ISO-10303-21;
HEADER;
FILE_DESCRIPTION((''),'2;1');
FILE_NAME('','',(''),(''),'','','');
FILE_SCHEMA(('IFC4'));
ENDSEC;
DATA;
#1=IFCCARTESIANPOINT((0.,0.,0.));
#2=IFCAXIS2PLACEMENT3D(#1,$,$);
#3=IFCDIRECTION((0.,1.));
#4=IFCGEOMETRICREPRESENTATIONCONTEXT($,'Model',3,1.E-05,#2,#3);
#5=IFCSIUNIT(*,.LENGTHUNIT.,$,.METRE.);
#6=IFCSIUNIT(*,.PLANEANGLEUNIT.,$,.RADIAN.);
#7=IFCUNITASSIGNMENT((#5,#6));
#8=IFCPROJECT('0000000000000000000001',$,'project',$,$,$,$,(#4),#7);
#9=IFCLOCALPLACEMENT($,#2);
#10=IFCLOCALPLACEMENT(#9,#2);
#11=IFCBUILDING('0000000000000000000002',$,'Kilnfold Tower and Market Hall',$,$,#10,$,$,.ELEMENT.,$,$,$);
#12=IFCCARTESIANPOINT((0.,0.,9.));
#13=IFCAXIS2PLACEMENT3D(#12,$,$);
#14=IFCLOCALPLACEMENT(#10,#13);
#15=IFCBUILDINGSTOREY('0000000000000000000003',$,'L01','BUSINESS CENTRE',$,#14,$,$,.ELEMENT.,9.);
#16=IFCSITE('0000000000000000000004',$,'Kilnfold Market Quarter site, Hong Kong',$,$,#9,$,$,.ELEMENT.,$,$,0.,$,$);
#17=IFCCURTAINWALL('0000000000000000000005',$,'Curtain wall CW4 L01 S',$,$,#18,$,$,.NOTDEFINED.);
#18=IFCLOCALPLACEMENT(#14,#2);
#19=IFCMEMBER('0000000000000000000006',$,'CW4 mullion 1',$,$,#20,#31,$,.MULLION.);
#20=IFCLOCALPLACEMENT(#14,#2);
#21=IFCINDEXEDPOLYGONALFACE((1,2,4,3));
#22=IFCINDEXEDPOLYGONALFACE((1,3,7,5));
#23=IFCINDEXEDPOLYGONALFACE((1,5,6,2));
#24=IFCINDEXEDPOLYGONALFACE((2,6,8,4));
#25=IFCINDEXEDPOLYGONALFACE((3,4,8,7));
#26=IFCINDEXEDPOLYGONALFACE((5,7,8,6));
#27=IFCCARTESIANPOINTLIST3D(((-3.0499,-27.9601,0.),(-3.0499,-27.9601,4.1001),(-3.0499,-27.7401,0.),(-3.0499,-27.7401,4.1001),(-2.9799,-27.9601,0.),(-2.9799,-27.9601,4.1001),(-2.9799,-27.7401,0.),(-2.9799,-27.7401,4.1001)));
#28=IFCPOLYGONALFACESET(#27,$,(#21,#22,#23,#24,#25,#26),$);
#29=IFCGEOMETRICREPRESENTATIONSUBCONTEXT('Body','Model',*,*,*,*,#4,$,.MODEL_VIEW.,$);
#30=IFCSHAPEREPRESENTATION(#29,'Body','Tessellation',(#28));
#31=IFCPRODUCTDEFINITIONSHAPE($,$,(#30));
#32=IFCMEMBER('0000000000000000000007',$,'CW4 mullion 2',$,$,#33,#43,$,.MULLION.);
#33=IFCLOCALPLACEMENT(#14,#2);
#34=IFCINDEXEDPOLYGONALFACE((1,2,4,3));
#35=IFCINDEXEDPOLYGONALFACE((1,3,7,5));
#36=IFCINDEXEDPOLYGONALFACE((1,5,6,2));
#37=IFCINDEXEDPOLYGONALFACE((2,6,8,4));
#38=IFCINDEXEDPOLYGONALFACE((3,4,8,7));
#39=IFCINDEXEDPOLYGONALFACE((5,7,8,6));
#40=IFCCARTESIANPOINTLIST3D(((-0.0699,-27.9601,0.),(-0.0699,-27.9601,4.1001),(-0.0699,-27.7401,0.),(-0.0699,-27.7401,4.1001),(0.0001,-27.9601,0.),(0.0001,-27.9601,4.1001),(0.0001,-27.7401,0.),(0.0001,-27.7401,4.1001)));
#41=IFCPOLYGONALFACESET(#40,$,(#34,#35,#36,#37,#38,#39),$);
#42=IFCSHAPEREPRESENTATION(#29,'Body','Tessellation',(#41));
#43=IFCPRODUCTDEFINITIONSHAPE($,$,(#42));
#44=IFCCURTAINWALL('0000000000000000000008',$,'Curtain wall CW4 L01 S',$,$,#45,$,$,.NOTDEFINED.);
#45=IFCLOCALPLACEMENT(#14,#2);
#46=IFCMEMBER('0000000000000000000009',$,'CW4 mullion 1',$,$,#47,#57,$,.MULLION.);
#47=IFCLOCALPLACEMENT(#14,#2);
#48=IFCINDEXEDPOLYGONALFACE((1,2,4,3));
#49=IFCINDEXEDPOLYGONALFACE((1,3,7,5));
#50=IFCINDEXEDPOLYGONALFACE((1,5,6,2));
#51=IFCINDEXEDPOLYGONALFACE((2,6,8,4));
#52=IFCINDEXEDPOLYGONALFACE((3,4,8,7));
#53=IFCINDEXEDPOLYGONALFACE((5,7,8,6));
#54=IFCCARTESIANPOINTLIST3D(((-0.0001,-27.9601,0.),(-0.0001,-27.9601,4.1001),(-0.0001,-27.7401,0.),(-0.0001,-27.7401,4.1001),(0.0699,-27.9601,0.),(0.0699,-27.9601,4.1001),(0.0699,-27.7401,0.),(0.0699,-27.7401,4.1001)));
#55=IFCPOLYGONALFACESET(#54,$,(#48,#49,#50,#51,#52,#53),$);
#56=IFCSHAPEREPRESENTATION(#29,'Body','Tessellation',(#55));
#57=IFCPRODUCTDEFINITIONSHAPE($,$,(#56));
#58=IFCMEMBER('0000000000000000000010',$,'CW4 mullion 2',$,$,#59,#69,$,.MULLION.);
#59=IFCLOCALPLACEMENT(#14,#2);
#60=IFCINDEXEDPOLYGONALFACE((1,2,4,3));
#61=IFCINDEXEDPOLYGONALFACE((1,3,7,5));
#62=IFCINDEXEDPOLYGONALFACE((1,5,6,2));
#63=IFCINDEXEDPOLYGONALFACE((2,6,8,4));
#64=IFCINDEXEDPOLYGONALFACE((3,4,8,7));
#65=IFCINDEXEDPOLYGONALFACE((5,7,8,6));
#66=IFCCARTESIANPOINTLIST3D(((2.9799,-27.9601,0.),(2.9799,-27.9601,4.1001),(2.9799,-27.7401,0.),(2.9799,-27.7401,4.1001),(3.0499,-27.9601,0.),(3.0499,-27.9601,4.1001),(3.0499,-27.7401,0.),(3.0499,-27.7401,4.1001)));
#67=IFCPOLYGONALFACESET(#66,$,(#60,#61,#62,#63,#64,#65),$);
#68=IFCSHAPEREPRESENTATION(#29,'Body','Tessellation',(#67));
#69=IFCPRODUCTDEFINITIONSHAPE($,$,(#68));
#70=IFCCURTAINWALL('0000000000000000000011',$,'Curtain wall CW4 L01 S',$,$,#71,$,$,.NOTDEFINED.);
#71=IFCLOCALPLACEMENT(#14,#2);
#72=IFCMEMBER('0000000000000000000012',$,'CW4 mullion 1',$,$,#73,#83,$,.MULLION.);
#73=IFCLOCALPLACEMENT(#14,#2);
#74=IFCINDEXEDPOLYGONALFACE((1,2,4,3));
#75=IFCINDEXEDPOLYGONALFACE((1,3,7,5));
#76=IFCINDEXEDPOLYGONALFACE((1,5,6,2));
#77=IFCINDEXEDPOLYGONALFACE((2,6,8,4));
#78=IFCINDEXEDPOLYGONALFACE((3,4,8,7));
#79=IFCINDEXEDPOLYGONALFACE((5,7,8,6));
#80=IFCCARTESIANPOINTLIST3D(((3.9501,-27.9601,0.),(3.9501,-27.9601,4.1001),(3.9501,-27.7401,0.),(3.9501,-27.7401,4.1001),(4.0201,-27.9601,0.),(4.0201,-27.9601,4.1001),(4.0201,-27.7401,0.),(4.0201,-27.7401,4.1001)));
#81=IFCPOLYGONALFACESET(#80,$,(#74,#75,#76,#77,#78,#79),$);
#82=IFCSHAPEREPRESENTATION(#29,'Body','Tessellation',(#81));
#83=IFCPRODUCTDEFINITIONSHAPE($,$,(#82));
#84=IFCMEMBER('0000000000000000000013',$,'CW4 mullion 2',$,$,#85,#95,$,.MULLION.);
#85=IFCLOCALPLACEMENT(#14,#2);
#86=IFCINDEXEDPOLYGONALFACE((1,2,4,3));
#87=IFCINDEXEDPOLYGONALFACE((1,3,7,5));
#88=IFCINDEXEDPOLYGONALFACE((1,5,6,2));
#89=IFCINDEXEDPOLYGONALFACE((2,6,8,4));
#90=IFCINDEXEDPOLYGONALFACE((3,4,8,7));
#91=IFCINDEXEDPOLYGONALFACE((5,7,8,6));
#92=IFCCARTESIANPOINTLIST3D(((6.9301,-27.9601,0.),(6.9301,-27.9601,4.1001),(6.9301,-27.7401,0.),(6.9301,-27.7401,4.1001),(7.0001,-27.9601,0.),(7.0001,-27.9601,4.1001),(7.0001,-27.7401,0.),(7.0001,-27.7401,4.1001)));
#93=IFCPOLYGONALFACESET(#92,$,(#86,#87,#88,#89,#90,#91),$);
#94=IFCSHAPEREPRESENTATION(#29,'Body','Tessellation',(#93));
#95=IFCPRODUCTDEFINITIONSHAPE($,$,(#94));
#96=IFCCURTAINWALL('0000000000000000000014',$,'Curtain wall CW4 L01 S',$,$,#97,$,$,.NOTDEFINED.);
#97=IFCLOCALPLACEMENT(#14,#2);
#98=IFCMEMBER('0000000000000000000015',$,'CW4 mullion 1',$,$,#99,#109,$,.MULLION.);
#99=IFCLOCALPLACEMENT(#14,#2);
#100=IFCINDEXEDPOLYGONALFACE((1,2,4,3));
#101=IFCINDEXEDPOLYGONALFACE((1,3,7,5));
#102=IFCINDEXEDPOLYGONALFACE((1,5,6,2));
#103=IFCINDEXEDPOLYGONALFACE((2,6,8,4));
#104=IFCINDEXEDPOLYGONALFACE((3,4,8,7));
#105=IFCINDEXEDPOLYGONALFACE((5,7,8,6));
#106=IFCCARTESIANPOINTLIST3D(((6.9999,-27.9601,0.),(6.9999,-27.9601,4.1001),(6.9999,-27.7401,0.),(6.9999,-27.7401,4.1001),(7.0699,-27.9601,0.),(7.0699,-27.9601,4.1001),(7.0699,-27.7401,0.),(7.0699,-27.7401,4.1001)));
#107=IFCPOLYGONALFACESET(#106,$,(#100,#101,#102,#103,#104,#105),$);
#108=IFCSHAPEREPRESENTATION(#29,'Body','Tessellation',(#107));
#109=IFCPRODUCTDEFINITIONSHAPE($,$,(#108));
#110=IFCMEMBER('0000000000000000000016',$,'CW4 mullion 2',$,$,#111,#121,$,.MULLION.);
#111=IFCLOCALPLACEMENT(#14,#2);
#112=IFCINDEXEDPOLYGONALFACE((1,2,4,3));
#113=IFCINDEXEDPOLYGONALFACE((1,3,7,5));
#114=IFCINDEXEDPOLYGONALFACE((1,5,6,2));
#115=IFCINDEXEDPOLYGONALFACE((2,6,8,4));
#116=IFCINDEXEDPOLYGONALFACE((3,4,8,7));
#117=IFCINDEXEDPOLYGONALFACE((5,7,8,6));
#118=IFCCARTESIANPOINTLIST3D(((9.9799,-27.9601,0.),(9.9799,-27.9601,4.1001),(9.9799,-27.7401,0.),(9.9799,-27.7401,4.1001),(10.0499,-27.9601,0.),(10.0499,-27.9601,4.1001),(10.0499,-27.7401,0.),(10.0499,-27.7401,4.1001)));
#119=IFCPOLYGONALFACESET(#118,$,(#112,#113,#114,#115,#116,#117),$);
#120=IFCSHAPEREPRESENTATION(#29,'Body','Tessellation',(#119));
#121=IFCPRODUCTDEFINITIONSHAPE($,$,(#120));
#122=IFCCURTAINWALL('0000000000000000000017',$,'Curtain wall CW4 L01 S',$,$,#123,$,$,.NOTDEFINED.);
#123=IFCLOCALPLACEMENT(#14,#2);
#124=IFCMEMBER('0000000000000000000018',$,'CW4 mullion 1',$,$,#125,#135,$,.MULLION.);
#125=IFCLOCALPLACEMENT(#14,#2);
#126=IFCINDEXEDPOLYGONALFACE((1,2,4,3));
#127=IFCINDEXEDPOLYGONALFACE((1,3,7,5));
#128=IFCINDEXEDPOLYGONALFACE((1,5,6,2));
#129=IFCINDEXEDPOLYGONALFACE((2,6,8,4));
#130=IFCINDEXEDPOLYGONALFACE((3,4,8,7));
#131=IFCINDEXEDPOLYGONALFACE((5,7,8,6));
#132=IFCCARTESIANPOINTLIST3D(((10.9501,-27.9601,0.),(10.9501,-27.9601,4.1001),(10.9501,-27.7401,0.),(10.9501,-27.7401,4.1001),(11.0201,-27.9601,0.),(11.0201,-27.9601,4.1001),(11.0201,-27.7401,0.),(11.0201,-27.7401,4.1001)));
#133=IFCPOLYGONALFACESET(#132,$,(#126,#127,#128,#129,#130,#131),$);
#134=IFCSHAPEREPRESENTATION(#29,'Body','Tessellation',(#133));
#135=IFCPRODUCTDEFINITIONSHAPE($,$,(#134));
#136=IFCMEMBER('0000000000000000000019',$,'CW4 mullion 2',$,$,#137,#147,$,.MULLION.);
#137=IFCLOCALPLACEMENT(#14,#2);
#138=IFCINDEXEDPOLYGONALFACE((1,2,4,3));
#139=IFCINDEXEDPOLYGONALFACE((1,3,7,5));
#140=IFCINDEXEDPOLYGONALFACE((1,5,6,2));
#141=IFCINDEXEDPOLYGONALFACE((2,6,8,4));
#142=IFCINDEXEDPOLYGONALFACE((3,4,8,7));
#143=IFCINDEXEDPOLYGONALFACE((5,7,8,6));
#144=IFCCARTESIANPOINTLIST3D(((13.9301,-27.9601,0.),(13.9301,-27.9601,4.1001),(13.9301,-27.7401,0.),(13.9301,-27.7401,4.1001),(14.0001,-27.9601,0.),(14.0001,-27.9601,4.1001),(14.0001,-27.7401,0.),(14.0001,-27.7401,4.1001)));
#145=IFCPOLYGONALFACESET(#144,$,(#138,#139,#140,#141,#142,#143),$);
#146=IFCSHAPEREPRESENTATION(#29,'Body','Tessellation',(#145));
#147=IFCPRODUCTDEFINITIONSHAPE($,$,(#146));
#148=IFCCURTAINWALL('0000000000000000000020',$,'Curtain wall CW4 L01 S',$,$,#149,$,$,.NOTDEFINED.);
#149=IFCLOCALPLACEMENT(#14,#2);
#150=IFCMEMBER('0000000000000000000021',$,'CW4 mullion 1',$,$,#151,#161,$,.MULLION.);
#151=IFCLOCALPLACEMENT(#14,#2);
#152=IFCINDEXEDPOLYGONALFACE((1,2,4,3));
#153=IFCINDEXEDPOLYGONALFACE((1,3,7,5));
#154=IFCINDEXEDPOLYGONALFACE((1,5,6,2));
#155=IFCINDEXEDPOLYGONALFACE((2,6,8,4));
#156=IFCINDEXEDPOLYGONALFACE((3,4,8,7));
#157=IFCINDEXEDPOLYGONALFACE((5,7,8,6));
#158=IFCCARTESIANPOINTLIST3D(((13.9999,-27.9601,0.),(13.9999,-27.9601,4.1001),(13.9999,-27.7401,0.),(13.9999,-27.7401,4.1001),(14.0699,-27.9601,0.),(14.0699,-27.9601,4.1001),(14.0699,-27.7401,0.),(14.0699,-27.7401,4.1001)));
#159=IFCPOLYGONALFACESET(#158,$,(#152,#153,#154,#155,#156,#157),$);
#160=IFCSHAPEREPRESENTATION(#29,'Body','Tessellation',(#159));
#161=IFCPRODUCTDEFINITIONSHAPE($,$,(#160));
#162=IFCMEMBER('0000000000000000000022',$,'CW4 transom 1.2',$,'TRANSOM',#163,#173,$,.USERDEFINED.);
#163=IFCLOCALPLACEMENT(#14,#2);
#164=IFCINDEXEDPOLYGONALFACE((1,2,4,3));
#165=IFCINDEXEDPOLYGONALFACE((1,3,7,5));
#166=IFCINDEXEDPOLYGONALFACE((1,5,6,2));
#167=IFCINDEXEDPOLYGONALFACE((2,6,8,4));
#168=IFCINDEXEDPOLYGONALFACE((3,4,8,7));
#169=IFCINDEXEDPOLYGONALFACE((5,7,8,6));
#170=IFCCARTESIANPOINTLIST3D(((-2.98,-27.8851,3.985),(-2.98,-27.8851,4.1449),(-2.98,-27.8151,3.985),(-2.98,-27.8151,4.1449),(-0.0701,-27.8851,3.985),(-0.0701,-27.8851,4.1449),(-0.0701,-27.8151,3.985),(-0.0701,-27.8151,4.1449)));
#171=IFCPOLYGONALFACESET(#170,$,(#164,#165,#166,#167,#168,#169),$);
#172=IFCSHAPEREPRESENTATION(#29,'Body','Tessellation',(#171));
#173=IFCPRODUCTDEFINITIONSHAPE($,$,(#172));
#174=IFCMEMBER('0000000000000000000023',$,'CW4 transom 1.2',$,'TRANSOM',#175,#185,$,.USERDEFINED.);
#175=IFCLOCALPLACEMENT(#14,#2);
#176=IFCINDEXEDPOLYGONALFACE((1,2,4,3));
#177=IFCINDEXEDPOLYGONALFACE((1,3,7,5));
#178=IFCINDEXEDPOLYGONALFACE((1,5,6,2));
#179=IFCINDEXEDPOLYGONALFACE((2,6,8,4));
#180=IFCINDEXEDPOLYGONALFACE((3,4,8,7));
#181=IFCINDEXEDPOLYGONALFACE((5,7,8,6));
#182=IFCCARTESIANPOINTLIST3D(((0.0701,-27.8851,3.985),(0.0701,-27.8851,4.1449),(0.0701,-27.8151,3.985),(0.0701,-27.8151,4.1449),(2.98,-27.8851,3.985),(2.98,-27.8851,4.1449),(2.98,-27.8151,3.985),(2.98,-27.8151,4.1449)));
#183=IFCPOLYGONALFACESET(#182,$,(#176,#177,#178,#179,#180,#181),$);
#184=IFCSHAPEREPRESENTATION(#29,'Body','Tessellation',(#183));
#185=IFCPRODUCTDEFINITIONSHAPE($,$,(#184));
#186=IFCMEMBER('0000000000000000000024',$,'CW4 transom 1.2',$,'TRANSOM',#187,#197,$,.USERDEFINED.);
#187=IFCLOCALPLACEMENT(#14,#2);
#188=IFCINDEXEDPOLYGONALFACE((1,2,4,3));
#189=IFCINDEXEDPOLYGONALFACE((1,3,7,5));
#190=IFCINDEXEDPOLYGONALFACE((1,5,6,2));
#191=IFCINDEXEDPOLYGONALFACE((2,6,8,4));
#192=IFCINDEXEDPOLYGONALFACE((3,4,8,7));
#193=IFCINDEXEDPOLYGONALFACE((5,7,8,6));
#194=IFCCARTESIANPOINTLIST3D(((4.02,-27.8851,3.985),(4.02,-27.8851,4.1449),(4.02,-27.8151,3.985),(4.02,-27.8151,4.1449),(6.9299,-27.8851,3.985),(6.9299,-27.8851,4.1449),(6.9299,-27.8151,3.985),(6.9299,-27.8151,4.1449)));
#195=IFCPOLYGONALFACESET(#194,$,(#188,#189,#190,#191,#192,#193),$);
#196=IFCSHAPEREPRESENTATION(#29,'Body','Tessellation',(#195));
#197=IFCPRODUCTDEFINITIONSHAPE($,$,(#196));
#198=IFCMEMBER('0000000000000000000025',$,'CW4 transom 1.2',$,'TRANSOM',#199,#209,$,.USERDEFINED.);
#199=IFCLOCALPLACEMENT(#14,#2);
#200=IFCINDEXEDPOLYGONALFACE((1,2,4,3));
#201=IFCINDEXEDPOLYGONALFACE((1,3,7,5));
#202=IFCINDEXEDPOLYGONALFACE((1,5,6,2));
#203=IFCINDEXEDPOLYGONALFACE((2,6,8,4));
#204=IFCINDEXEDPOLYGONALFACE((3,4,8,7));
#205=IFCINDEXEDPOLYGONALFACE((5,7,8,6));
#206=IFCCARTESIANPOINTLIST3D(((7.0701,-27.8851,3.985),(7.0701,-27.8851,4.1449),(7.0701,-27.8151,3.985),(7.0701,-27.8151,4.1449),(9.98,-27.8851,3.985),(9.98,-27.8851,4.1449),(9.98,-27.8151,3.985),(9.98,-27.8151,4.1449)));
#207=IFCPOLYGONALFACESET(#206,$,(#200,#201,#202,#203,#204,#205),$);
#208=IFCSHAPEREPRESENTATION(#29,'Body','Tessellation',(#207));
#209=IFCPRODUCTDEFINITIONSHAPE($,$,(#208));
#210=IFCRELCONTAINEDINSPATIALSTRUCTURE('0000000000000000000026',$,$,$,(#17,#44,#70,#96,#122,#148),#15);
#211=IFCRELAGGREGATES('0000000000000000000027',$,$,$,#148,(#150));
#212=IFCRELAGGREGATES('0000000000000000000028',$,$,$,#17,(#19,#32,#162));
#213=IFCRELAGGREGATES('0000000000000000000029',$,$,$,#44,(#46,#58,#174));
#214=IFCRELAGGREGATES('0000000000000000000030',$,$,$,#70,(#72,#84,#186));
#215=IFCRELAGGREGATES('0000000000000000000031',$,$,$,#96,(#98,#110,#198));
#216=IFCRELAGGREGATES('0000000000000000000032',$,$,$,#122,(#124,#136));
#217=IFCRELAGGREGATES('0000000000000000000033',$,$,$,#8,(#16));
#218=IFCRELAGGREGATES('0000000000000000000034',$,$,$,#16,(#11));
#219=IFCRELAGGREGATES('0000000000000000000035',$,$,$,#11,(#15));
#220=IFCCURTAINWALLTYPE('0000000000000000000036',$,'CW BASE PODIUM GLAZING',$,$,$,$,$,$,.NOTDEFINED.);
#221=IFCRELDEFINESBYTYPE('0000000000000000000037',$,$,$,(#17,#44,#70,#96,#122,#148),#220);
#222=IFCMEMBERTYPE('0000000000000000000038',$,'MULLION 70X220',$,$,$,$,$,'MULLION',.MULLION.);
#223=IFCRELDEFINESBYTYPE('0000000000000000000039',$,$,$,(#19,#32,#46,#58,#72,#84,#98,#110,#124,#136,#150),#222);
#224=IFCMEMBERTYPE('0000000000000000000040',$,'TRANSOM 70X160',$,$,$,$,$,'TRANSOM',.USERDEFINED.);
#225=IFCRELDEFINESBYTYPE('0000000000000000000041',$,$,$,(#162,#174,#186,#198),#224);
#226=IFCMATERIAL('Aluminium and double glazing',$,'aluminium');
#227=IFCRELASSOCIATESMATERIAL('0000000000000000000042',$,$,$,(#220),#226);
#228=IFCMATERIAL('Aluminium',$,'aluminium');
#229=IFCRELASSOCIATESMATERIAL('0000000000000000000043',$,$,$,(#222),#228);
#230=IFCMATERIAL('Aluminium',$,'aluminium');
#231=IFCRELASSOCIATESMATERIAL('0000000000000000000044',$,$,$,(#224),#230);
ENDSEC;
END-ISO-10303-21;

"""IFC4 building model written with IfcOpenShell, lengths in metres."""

from ifc_helpers import new_model, si_unit, direction, frame, origin, origin_2d, place, context, subcontext, project, spatial, rectangle, extrude, source, transform, mapped, material, material_profile, profile_set, type_object, element, aggregate, save


model = new_model("IFC4")

# Units and contexts
model_context = context("Model", 3, precision=1e-05, world=origin(), true_north=direction((0.0, 1.0)))
body_context = subcontext(model_context, "Body", "Model", "MODEL_VIEW")
ifc_project = project(units=[si_unit("LENGTHUNIT", "METRE"), si_unit("PLANEANGLEUNIT", "RADIAN")], contexts=[model_context])

# Site, building, storey
site_placement = place(None, origin())
site = spatial("IfcSite", under=ifc_project, at=site_placement, Name="Kilnfold Market Quarter site, Hong Kong", CompositionType="ELEMENT", RefElevation=0.0)
building_placement = place(site_placement, origin())
building = spatial("IfcBuilding", under=site, at=building_placement, Name="Kilnfold Tower and Market Hall", CompositionType="ELEMENT")
storey_placement = place(building_placement, frame((0.0, 0.0, 9.0)))
storey = spatial("IfcBuildingStorey", under=building, at=storey_placement, Name="L01", Description="BUSINESS CENTRE", CompositionType="ELEMENT", Elevation=9.0)

# Curtain walls, members
ifc_material_1 = material(Name="Aluminium and double glazing", Category="aluminium")
curtain_wall_type = type_object("IfcCurtainWallType", Name="CW BASE PODIUM GLAZING", PredefinedType="NOTDEFINED", material=ifc_material_1)
curtain_wall_1_placement = place(storey_placement, origin())
curtain_wall_1 = element("IfcCurtainWall", 1, at=curtain_wall_1_placement, inside=storey, type_object=curtain_wall_type, Name="Curtain wall CW4 L01 S", PredefinedType="NOTDEFINED")
ifc_material_2 = material(Name="Aluminium", Category="aluminium")
ifc_material_profile_1 = material_profile(ifc_material_2, rectangle(XDim=0.0701, YDim=0.22, at=origin_2d()), Name="MULLION 70x220")
ifc_profile_set_1 = profile_set([ifc_material_profile_1], Name="Aluminium")
member_type_1 = type_object("IfcMemberType", Name="MULLION 70X220", ElementType="MULLION", PredefinedType="MULLION", material=ifc_profile_set_1)
shared_shape_1 = source(origin(), body_context, "Body", "SweptSolid", [
    extrude(rectangle(XDim=0.0701, YDim=0.22, at=origin_2d()), origin(), (0.0, 0.0, 1.0), 4.1001),
])
member_1_placement = place(storey_placement, frame((-3.0149, -27.8501, 0.0), z_axis=(0.0, 0.0, 1.0), x_axis=(1.0, 0.0, 0.0)))
member_1 = element("IfcMember", 2, at=member_1_placement, type_object=member_type_1, Name="CW4 mullion 1", PredefinedType="MULLION", context=body_context, shape_type="MappedRepresentation", body=[
    mapped(shared_shape_1, transform((0.0, 0.0, 0.0))),
])
member_2_placement = place(storey_placement, frame((-0.0349, -27.8501, 0.0), z_axis=(0.0, 0.0, 1.0), x_axis=(1.0, 0.0, 0.0)))
member_2 = element("IfcMember", 3, at=member_2_placement, type_object=member_type_1, Name="CW4 mullion 2", PredefinedType="MULLION", context=body_context, shape_type="MappedRepresentation", body=[
    mapped(shared_shape_1, transform((0.0, 0.0, 0.0))),
])
curtain_wall_2_placement = place(storey_placement, origin())
curtain_wall_2 = element("IfcCurtainWall", 4, at=curtain_wall_2_placement, inside=storey, type_object=curtain_wall_type, Name="Curtain wall CW4 L01 S", PredefinedType="NOTDEFINED")
member_3_placement = place(storey_placement, frame((0.0349, -27.8501, 0.0), z_axis=(0.0, 0.0, 1.0), x_axis=(1.0, 0.0, 0.0)))
member_3 = element("IfcMember", 5, at=member_3_placement, type_object=member_type_1, Name="CW4 mullion 1", PredefinedType="MULLION", context=body_context, shape_type="MappedRepresentation", body=[
    mapped(shared_shape_1, transform((0.0, 0.0, 0.0))),
])
member_4_placement = place(storey_placement, frame((3.0149, -27.8501, 0.0), z_axis=(0.0, 0.0, 1.0), x_axis=(1.0, 0.0, 0.0)))
member_4 = element("IfcMember", 6, at=member_4_placement, type_object=member_type_1, Name="CW4 mullion 2", PredefinedType="MULLION", context=body_context, shape_type="MappedRepresentation", body=[
    mapped(shared_shape_1, transform((0.0, 0.0, 0.0))),
])
curtain_wall_3_placement = place(storey_placement, origin())
curtain_wall_3 = element("IfcCurtainWall", 7, at=curtain_wall_3_placement, inside=storey, type_object=curtain_wall_type, Name="Curtain wall CW4 L01 S", PredefinedType="NOTDEFINED")
member_5_placement = place(storey_placement, frame((3.9851, -27.8501, 0.0), z_axis=(0.0, 0.0, 1.0), x_axis=(1.0, 0.0, 0.0)))
member_5 = element("IfcMember", 8, at=member_5_placement, type_object=member_type_1, Name="CW4 mullion 1", PredefinedType="MULLION", context=body_context, shape_type="MappedRepresentation", body=[
    mapped(shared_shape_1, transform((0.0, 0.0, 0.0))),
])
member_6_placement = place(storey_placement, frame((6.9651, -27.8501, 0.0), z_axis=(0.0, 0.0, 1.0), x_axis=(1.0, 0.0, 0.0)))
member_6 = element("IfcMember", 9, at=member_6_placement, type_object=member_type_1, Name="CW4 mullion 2", PredefinedType="MULLION", context=body_context, shape_type="MappedRepresentation", body=[
    mapped(shared_shape_1, transform((0.0, 0.0, 0.0))),
])
curtain_wall_4_placement = place(storey_placement, origin())
curtain_wall_4 = element("IfcCurtainWall", 10, at=curtain_wall_4_placement, inside=storey, type_object=curtain_wall_type, Name="Curtain wall CW4 L01 S", PredefinedType="NOTDEFINED")
member_7_placement = place(storey_placement, frame((7.0349, -27.8501, 0.0), z_axis=(0.0, 0.0, 1.0), x_axis=(1.0, 0.0, 0.0)))
member_7 = element("IfcMember", 11, at=member_7_placement, type_object=member_type_1, Name="CW4 mullion 1", PredefinedType="MULLION", context=body_context, shape_type="MappedRepresentation", body=[
    mapped(shared_shape_1, transform((0.0, 0.0, 0.0))),
])
member_8_placement = place(storey_placement, frame((10.0149, -27.8501, 0.0), z_axis=(0.0, 0.0, 1.0), x_axis=(1.0, 0.0, 0.0)))
member_8 = element("IfcMember", 12, at=member_8_placement, type_object=member_type_1, Name="CW4 mullion 2", PredefinedType="MULLION", context=body_context, shape_type="MappedRepresentation", body=[
    mapped(shared_shape_1, transform((0.0, 0.0, 0.0))),
])
curtain_wall_5_placement = place(storey_placement, origin())
curtain_wall_5 = element("IfcCurtainWall", 13, at=curtain_wall_5_placement, inside=storey, type_object=curtain_wall_type, Name="Curtain wall CW4 L01 S", PredefinedType="NOTDEFINED")
member_9_placement = place(storey_placement, frame((10.9851, -27.8501, 0.0), z_axis=(0.0, 0.0, 1.0), x_axis=(1.0, 0.0, 0.0)))
member_9 = element("IfcMember", 14, at=member_9_placement, type_object=member_type_1, Name="CW4 mullion 1", PredefinedType="MULLION", context=body_context, shape_type="MappedRepresentation", body=[
    mapped(shared_shape_1, transform((0.0, 0.0, 0.0))),
])
member_10_placement = place(storey_placement, frame((13.9651, -27.8501, 0.0), z_axis=(0.0, 0.0, 1.0), x_axis=(1.0, 0.0, 0.0)))
member_10 = element("IfcMember", 15, at=member_10_placement, type_object=member_type_1, Name="CW4 mullion 2", PredefinedType="MULLION", context=body_context, shape_type="MappedRepresentation", body=[
    mapped(shared_shape_1, transform((0.0, 0.0, 0.0))),
])

# Curtain wall, member
curtain_wall_6_placement = place(storey_placement, origin())
curtain_wall_6 = element("IfcCurtainWall", 16, at=curtain_wall_6_placement, inside=storey, type_object=curtain_wall_type, Name="Curtain wall CW4 L01 S", PredefinedType="NOTDEFINED")
member_11_placement = place(storey_placement, frame((14.0349, -27.8501, 0.0), z_axis=(0.0, 0.0, 1.0), x_axis=(1.0, 0.0, 0.0)))
member_11 = element("IfcMember", 17, at=member_11_placement, type_object=member_type_1, Name="CW4 mullion 1", PredefinedType="MULLION", context=body_context, shape_type="MappedRepresentation", body=[
    mapped(shared_shape_1, transform((0.0, 0.0, 0.0))),
])
aggregate(curtain_wall_6, [member_11])

# Members
ifc_material_3 = material(Name="Aluminium", Category="aluminium")
ifc_material_profile_2 = material_profile(ifc_material_3, rectangle(XDim=0.0701, YDim=0.1599, at=origin_2d()), Name="TRANSOM 70x160")
ifc_profile_set_2 = profile_set([ifc_material_profile_2], Name="Aluminium")
member_type_2 = type_object("IfcMemberType", Name="TRANSOM 70X160", ElementType="TRANSOM", PredefinedType="USERDEFINED", material=ifc_profile_set_2)
shared_shape_2 = source(origin(), body_context, "Body", "SweptSolid", [
    extrude(rectangle(XDim=0.0701, YDim=0.1599, at=origin_2d()), origin(), (0.0, 0.0, 1.0), 2.9099),
])
member_12_placement = place(storey_placement, frame((-2.98, -27.8501, 4.0649), z_axis=(1.0, 0.0, 0.0), x_axis=(0.0, 1.0, 0.0)))
member_12 = element("IfcMember", 18, at=member_12_placement, type_object=member_type_2, Name="CW4 transom 1.2", ObjectType="TRANSOM", PredefinedType="USERDEFINED", context=body_context, shape_type="MappedRepresentation", body=[
    mapped(shared_shape_2, transform((0.0, 0.0, 0.0))),
])
member_13_placement = place(storey_placement, frame((0.0701, -27.8501, 4.0649), z_axis=(1.0, 0.0, 0.0), x_axis=(0.0, 1.0, 0.0)))
member_13 = element("IfcMember", 19, at=member_13_placement, type_object=member_type_2, Name="CW4 transom 1.2", ObjectType="TRANSOM", PredefinedType="USERDEFINED", context=body_context, shape_type="MappedRepresentation", body=[
    mapped(shared_shape_2, transform((0.0, 0.0, 0.0))),
])
member_14_placement = place(storey_placement, frame((4.02, -27.8501, 4.0649), z_axis=(1.0, 0.0, 0.0), x_axis=(0.0, 1.0, 0.0)))
member_14 = element("IfcMember", 20, at=member_14_placement, type_object=member_type_2, Name="CW4 transom 1.2", ObjectType="TRANSOM", PredefinedType="USERDEFINED", context=body_context, shape_type="MappedRepresentation", body=[
    mapped(shared_shape_2, transform((0.0, 0.0, 0.0))),
])
member_15_placement = place(storey_placement, frame((7.0701, -27.8501, 4.0649), z_axis=(1.0, 0.0, 0.0), x_axis=(0.0, 1.0, 0.0)))
member_15 = element("IfcMember", 21, at=member_15_placement, type_object=member_type_2, Name="CW4 transom 1.2", ObjectType="TRANSOM", PredefinedType="USERDEFINED", context=body_context, shape_type="MappedRepresentation", body=[
    mapped(shared_shape_2, transform((0.0, 0.0, 0.0))),
])

aggregate(curtain_wall_1, [member_1, member_2, member_12])
aggregate(curtain_wall_2, [member_3, member_4, member_13])
aggregate(curtain_wall_3, [member_5, member_6, member_14])
aggregate(curtain_wall_4, [member_7, member_8, member_15])
aggregate(curtain_wall_5, [member_9, member_10])

save(model, "model.ifc")
